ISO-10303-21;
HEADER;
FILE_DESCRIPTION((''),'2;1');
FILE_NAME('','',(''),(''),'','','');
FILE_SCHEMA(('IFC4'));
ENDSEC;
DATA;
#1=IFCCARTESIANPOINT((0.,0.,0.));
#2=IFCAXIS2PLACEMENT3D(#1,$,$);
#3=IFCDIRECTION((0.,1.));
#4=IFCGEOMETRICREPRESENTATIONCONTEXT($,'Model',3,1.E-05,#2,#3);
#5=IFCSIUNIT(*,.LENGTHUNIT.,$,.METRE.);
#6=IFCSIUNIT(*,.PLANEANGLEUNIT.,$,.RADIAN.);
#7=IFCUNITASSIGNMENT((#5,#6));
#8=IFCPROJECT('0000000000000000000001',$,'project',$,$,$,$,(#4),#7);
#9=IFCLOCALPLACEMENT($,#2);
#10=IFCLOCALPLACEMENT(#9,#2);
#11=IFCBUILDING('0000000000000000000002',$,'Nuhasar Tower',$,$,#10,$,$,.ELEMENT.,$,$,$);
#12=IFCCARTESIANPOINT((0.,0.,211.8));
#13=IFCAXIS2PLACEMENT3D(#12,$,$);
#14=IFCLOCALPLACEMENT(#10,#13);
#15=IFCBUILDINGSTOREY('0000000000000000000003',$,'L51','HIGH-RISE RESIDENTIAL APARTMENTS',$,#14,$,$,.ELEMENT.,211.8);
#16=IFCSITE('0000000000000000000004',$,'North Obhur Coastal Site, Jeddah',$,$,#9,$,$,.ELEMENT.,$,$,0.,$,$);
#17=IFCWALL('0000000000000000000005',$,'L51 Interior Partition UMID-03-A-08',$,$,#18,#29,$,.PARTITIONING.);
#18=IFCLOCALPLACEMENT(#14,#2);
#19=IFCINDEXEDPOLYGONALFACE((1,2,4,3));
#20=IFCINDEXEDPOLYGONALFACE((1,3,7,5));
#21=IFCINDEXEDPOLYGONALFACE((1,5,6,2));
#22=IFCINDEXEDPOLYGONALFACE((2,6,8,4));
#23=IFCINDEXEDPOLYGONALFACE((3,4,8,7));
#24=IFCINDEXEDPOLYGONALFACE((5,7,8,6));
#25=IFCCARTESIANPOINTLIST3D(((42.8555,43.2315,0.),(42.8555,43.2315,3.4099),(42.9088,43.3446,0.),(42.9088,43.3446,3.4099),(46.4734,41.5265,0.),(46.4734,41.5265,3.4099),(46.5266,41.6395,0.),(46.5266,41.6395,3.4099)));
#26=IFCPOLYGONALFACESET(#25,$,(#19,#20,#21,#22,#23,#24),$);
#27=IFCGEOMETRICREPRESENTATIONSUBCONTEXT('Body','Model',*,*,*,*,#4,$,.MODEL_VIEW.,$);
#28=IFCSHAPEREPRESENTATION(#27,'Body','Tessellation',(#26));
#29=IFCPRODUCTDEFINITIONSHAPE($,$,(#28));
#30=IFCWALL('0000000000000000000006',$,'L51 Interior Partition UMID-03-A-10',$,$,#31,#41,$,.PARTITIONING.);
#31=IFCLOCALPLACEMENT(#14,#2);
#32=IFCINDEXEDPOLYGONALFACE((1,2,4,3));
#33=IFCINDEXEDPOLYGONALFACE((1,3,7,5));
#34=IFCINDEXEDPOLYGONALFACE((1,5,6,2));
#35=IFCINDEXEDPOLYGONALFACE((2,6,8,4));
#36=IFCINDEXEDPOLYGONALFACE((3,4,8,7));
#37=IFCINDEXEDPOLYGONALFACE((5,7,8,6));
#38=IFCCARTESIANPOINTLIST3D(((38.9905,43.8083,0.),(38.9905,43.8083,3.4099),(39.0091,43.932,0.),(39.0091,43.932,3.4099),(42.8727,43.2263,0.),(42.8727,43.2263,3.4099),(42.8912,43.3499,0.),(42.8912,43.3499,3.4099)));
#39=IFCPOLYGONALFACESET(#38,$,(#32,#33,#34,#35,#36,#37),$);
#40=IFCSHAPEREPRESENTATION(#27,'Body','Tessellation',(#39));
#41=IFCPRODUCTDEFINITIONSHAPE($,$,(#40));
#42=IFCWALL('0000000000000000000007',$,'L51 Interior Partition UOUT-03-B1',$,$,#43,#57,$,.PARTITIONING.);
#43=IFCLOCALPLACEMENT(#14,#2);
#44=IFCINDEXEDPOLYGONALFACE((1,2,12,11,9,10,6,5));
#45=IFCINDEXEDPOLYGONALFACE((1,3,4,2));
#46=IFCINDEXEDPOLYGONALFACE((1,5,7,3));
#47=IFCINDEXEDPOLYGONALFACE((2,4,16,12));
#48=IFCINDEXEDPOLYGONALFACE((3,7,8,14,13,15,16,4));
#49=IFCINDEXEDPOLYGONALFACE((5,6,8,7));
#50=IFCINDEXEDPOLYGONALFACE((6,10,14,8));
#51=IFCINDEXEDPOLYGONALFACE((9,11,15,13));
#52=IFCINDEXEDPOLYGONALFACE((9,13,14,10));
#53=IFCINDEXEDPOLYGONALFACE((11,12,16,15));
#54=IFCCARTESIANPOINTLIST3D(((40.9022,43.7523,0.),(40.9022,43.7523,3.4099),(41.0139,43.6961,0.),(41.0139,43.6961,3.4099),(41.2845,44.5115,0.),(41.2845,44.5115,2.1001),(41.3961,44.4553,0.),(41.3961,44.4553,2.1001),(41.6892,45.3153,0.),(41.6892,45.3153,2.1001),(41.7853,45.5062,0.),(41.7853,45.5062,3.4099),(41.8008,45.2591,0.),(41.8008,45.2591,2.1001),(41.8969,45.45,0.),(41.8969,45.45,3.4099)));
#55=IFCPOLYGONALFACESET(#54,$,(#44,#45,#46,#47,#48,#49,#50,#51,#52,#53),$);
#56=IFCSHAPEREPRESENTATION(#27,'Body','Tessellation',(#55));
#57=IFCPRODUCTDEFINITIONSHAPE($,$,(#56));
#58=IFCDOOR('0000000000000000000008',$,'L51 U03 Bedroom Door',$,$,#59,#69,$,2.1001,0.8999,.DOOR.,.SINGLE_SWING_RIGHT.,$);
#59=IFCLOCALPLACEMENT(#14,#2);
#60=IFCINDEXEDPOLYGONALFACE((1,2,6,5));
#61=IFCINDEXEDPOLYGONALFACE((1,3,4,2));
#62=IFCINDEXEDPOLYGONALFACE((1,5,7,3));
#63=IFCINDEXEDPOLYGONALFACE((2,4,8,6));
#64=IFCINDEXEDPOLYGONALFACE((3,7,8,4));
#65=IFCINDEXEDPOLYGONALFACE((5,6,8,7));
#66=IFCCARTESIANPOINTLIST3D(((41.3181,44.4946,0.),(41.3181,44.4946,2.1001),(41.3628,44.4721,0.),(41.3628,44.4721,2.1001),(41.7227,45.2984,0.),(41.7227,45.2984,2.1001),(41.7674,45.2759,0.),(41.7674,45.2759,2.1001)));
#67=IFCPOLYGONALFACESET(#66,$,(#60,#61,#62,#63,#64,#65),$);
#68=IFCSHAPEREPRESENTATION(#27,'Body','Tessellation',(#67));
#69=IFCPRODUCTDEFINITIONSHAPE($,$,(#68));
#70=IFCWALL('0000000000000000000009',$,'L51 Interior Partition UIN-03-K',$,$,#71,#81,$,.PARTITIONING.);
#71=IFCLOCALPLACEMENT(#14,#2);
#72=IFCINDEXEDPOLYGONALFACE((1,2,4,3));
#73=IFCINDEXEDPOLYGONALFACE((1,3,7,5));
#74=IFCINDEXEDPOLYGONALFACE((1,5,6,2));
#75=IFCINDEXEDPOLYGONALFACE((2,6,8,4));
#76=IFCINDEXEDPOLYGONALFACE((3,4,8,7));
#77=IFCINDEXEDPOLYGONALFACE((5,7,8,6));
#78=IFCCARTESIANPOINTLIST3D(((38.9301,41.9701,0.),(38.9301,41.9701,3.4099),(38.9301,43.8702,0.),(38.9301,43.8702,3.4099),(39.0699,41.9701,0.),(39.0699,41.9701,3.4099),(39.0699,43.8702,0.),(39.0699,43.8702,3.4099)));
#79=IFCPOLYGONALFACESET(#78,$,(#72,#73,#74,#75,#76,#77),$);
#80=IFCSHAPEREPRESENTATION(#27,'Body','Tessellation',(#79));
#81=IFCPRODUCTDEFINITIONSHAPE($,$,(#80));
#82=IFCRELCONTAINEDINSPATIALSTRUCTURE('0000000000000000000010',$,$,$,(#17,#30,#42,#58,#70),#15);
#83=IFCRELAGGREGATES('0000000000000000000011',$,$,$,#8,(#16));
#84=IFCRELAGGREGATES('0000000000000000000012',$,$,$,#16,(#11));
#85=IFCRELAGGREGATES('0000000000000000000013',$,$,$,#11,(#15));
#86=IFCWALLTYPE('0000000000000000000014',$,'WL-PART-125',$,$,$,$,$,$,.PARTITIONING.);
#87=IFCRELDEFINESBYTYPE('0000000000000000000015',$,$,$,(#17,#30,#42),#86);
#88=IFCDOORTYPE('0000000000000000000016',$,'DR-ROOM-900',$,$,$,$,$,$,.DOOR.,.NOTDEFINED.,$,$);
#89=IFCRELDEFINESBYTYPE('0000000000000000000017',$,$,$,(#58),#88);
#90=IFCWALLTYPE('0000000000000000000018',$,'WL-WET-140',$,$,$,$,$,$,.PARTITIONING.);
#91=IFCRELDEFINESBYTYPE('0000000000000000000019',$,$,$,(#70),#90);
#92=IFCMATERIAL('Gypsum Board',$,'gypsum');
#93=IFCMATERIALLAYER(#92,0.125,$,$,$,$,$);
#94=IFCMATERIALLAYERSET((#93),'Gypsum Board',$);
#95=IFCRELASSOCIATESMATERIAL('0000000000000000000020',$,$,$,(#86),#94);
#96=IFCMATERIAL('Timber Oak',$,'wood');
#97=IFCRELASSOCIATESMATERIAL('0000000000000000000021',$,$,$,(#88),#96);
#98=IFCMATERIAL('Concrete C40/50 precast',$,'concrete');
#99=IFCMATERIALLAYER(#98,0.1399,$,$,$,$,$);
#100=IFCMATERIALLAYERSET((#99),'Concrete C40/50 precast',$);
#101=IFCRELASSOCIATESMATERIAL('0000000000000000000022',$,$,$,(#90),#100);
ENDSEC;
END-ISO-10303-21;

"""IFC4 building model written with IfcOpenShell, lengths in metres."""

from ifc_helpers import new_model, si_unit, direction, frame, frame_2d, origin, place, context, subcontext, project, spatial, rectangle, extrude, material, layer, layer_set, type_object, element, fill, save


model = new_model("IFC4")

# Units and contexts
model_context = context("Model", 3, precision=1e-05, world=origin(), true_north=direction((0.0, 1.0)))
body_context = subcontext(model_context, "Body", "Model", "MODEL_VIEW")
ifc_project = project(units=[si_unit("LENGTHUNIT", "METRE"), si_unit("PLANEANGLEUNIT", "RADIAN")], contexts=[model_context])

# Site, building, storey
site_placement = place(None, origin())
site = spatial("IfcSite", under=ifc_project, at=site_placement, Name="North Obhur Coastal Site, Jeddah", CompositionType="ELEMENT", RefElevation=0.0)
building_placement = place(site_placement, origin())
building = spatial("IfcBuilding", under=site, at=building_placement, Name="Nuhasar Tower", CompositionType="ELEMENT")
storey_placement = place(building_placement, frame((0.0, 0.0, 211.8)))
storey = spatial("IfcBuildingStorey", under=building, at=storey_placement, Name="L51", Description="HIGH-RISE RESIDENTIAL APARTMENTS", CompositionType="ELEMENT", Elevation=211.8)

# Shared definitions
ifc_material_1 = material(Name="Gypsum Board", Category="gypsum")

# Shared definitions
ifc_layer_1 = layer(ifc_material_1, 0.125)
ifc_layer_set_1 = layer_set([ifc_layer_1], Name="Gypsum Board")
wall_type_1 = type_object("IfcWallType", Name="WL-PART-125", PredefinedType="PARTITIONING", material=ifc_layer_set_1)
ifc_material_2 = material(Name="Timber Oak", Category="wood")
door_type = type_object("IfcDoorType", Name="DR-ROOM-900", OperationType="NOTDEFINED", PredefinedType="DOOR", material=ifc_material_2)

# Walls
wall_1_placement = place(storey_placement, frame((46.5, 41.583, 0.0), z_axis=(0.0, 0.0, 1.0), x_axis=(-0.904575, 0.426314, 0.0)))
element("IfcWall", 1, at=wall_1_placement, inside=storey, type_object=wall_type_1, Name="L51 Interior Partition UMID-03-A-08", PredefinedType="PARTITIONING", context=body_context, shape_type="SweptSolid", body=[
    extrude(rectangle(XDim=3.9995, YDim=0.125, at=frame_2d((1.9998, 0.0))), origin(), (0.0, 0.0, 1.0), 3.4099),
])
wall_2_placement = place(storey_placement, frame((42.8821, 43.2881, 0.0), z_axis=(0.0, 0.0, 1.0), x_axis=(-0.988947, 0.148271, 0.0)))
element("IfcWall", 2, at=wall_2_placement, inside=storey, type_object=wall_type_1, Name="L51 Interior Partition UMID-03-A-10", PredefinedType="PARTITIONING", context=body_context, shape_type="SweptSolid", body=[
    extrude(rectangle(XDim=3.9255, YDim=0.125, at=frame_2d((1.9629, 0.0))), origin(), (0.0, 0.0, 1.0), 3.4099),
])

# Wall, opening, door
wall_3_placement = place(storey_placement, frame((40.958, 43.7241, 0.0), z_axis=(0.0, 0.0, 1.0), x_axis=(0.449698, 0.89318, 0.0)))
wall_3 = element("IfcWall", 3, at=wall_3_placement, inside=storey, type_object=wall_type_1, Name="L51 Interior Partition UOUT-03-B1", PredefinedType="PARTITIONING", context=body_context, shape_type="SweptSolid", body=[
    extrude(rectangle(XDim=1.9636, YDim=0.125, at=frame_2d((0.9819, 0.0))), origin(), (0.0, 0.0, 1.0), 3.4099),
])
opening_1_placement = place(wall_3_placement, frame((0.8501, 0.0, 0.0)))
opening_1 = element("IfcOpeningElement", 4, at=opening_1_placement, cuts=wall_3, PredefinedType="OPENING", context=body_context, shape_type="SweptSolid", body=[
    extrude(rectangle(XDim=0.8999, YDim=2.1001, at=frame_2d((0.45, 1.05))), frame((0.0, 0.0725, 0.0), z_axis=(0.0, -1.0, 0.0), x_axis=(1.0, 0.0, 0.0)), (0.0, 0.0, 1.0), 0.145),
])
door_1_placement = place(opening_1_placement, origin())
door_1 = element("IfcDoor", 5, at=door_1_placement, inside=storey, type_object=door_type, Name="L51 U03 Bedroom Door", OperationType="SINGLE_SWING_RIGHT", OverallHeight=2.1001, OverallWidth=0.8999, PredefinedType="DOOR", context=body_context, shape_type="SweptSolid", body=[
    extrude(rectangle(XDim=0.8999, YDim=2.1001, at=frame_2d((0.45, 1.05))), frame((0.0, 0.0249, 0.0), z_axis=(0.0, -1.0, 0.0), x_axis=(1.0, 0.0, 0.0)), (0.0, 0.0, 1.0), 0.05),
])
fill(opening_1, door_1)

# Wall
ifc_material_3 = material(Name="Concrete C40/50 precast", Category="concrete")
ifc_layer_2 = layer(ifc_material_3, 0.1399)
ifc_layer_set_2 = layer_set([ifc_layer_2], Name="Concrete C40/50 precast")
wall_type_2 = type_object("IfcWallType", Name="WL-WET-140", PredefinedType="PARTITIONING", material=ifc_layer_set_2)
wall_4_placement = place(storey_placement, frame((39.0, 41.97, 0.0), z_axis=(0.0, 0.0, 1.0), x_axis=(0.0, 1.0, 0.0)))
element("IfcWall", 6, at=wall_4_placement, inside=storey, type_object=wall_type_2, Name="L51 Interior Partition UIN-03-K", PredefinedType="PARTITIONING", context=body_context, shape_type="SweptSolid", body=[
    extrude(rectangle(XDim=1.9001, YDim=0.1399, at=frame_2d((0.9502, 0.0))), origin(), (0.0, 0.0, 1.0), 3.4099),
])

save(model, "model.ifc")
